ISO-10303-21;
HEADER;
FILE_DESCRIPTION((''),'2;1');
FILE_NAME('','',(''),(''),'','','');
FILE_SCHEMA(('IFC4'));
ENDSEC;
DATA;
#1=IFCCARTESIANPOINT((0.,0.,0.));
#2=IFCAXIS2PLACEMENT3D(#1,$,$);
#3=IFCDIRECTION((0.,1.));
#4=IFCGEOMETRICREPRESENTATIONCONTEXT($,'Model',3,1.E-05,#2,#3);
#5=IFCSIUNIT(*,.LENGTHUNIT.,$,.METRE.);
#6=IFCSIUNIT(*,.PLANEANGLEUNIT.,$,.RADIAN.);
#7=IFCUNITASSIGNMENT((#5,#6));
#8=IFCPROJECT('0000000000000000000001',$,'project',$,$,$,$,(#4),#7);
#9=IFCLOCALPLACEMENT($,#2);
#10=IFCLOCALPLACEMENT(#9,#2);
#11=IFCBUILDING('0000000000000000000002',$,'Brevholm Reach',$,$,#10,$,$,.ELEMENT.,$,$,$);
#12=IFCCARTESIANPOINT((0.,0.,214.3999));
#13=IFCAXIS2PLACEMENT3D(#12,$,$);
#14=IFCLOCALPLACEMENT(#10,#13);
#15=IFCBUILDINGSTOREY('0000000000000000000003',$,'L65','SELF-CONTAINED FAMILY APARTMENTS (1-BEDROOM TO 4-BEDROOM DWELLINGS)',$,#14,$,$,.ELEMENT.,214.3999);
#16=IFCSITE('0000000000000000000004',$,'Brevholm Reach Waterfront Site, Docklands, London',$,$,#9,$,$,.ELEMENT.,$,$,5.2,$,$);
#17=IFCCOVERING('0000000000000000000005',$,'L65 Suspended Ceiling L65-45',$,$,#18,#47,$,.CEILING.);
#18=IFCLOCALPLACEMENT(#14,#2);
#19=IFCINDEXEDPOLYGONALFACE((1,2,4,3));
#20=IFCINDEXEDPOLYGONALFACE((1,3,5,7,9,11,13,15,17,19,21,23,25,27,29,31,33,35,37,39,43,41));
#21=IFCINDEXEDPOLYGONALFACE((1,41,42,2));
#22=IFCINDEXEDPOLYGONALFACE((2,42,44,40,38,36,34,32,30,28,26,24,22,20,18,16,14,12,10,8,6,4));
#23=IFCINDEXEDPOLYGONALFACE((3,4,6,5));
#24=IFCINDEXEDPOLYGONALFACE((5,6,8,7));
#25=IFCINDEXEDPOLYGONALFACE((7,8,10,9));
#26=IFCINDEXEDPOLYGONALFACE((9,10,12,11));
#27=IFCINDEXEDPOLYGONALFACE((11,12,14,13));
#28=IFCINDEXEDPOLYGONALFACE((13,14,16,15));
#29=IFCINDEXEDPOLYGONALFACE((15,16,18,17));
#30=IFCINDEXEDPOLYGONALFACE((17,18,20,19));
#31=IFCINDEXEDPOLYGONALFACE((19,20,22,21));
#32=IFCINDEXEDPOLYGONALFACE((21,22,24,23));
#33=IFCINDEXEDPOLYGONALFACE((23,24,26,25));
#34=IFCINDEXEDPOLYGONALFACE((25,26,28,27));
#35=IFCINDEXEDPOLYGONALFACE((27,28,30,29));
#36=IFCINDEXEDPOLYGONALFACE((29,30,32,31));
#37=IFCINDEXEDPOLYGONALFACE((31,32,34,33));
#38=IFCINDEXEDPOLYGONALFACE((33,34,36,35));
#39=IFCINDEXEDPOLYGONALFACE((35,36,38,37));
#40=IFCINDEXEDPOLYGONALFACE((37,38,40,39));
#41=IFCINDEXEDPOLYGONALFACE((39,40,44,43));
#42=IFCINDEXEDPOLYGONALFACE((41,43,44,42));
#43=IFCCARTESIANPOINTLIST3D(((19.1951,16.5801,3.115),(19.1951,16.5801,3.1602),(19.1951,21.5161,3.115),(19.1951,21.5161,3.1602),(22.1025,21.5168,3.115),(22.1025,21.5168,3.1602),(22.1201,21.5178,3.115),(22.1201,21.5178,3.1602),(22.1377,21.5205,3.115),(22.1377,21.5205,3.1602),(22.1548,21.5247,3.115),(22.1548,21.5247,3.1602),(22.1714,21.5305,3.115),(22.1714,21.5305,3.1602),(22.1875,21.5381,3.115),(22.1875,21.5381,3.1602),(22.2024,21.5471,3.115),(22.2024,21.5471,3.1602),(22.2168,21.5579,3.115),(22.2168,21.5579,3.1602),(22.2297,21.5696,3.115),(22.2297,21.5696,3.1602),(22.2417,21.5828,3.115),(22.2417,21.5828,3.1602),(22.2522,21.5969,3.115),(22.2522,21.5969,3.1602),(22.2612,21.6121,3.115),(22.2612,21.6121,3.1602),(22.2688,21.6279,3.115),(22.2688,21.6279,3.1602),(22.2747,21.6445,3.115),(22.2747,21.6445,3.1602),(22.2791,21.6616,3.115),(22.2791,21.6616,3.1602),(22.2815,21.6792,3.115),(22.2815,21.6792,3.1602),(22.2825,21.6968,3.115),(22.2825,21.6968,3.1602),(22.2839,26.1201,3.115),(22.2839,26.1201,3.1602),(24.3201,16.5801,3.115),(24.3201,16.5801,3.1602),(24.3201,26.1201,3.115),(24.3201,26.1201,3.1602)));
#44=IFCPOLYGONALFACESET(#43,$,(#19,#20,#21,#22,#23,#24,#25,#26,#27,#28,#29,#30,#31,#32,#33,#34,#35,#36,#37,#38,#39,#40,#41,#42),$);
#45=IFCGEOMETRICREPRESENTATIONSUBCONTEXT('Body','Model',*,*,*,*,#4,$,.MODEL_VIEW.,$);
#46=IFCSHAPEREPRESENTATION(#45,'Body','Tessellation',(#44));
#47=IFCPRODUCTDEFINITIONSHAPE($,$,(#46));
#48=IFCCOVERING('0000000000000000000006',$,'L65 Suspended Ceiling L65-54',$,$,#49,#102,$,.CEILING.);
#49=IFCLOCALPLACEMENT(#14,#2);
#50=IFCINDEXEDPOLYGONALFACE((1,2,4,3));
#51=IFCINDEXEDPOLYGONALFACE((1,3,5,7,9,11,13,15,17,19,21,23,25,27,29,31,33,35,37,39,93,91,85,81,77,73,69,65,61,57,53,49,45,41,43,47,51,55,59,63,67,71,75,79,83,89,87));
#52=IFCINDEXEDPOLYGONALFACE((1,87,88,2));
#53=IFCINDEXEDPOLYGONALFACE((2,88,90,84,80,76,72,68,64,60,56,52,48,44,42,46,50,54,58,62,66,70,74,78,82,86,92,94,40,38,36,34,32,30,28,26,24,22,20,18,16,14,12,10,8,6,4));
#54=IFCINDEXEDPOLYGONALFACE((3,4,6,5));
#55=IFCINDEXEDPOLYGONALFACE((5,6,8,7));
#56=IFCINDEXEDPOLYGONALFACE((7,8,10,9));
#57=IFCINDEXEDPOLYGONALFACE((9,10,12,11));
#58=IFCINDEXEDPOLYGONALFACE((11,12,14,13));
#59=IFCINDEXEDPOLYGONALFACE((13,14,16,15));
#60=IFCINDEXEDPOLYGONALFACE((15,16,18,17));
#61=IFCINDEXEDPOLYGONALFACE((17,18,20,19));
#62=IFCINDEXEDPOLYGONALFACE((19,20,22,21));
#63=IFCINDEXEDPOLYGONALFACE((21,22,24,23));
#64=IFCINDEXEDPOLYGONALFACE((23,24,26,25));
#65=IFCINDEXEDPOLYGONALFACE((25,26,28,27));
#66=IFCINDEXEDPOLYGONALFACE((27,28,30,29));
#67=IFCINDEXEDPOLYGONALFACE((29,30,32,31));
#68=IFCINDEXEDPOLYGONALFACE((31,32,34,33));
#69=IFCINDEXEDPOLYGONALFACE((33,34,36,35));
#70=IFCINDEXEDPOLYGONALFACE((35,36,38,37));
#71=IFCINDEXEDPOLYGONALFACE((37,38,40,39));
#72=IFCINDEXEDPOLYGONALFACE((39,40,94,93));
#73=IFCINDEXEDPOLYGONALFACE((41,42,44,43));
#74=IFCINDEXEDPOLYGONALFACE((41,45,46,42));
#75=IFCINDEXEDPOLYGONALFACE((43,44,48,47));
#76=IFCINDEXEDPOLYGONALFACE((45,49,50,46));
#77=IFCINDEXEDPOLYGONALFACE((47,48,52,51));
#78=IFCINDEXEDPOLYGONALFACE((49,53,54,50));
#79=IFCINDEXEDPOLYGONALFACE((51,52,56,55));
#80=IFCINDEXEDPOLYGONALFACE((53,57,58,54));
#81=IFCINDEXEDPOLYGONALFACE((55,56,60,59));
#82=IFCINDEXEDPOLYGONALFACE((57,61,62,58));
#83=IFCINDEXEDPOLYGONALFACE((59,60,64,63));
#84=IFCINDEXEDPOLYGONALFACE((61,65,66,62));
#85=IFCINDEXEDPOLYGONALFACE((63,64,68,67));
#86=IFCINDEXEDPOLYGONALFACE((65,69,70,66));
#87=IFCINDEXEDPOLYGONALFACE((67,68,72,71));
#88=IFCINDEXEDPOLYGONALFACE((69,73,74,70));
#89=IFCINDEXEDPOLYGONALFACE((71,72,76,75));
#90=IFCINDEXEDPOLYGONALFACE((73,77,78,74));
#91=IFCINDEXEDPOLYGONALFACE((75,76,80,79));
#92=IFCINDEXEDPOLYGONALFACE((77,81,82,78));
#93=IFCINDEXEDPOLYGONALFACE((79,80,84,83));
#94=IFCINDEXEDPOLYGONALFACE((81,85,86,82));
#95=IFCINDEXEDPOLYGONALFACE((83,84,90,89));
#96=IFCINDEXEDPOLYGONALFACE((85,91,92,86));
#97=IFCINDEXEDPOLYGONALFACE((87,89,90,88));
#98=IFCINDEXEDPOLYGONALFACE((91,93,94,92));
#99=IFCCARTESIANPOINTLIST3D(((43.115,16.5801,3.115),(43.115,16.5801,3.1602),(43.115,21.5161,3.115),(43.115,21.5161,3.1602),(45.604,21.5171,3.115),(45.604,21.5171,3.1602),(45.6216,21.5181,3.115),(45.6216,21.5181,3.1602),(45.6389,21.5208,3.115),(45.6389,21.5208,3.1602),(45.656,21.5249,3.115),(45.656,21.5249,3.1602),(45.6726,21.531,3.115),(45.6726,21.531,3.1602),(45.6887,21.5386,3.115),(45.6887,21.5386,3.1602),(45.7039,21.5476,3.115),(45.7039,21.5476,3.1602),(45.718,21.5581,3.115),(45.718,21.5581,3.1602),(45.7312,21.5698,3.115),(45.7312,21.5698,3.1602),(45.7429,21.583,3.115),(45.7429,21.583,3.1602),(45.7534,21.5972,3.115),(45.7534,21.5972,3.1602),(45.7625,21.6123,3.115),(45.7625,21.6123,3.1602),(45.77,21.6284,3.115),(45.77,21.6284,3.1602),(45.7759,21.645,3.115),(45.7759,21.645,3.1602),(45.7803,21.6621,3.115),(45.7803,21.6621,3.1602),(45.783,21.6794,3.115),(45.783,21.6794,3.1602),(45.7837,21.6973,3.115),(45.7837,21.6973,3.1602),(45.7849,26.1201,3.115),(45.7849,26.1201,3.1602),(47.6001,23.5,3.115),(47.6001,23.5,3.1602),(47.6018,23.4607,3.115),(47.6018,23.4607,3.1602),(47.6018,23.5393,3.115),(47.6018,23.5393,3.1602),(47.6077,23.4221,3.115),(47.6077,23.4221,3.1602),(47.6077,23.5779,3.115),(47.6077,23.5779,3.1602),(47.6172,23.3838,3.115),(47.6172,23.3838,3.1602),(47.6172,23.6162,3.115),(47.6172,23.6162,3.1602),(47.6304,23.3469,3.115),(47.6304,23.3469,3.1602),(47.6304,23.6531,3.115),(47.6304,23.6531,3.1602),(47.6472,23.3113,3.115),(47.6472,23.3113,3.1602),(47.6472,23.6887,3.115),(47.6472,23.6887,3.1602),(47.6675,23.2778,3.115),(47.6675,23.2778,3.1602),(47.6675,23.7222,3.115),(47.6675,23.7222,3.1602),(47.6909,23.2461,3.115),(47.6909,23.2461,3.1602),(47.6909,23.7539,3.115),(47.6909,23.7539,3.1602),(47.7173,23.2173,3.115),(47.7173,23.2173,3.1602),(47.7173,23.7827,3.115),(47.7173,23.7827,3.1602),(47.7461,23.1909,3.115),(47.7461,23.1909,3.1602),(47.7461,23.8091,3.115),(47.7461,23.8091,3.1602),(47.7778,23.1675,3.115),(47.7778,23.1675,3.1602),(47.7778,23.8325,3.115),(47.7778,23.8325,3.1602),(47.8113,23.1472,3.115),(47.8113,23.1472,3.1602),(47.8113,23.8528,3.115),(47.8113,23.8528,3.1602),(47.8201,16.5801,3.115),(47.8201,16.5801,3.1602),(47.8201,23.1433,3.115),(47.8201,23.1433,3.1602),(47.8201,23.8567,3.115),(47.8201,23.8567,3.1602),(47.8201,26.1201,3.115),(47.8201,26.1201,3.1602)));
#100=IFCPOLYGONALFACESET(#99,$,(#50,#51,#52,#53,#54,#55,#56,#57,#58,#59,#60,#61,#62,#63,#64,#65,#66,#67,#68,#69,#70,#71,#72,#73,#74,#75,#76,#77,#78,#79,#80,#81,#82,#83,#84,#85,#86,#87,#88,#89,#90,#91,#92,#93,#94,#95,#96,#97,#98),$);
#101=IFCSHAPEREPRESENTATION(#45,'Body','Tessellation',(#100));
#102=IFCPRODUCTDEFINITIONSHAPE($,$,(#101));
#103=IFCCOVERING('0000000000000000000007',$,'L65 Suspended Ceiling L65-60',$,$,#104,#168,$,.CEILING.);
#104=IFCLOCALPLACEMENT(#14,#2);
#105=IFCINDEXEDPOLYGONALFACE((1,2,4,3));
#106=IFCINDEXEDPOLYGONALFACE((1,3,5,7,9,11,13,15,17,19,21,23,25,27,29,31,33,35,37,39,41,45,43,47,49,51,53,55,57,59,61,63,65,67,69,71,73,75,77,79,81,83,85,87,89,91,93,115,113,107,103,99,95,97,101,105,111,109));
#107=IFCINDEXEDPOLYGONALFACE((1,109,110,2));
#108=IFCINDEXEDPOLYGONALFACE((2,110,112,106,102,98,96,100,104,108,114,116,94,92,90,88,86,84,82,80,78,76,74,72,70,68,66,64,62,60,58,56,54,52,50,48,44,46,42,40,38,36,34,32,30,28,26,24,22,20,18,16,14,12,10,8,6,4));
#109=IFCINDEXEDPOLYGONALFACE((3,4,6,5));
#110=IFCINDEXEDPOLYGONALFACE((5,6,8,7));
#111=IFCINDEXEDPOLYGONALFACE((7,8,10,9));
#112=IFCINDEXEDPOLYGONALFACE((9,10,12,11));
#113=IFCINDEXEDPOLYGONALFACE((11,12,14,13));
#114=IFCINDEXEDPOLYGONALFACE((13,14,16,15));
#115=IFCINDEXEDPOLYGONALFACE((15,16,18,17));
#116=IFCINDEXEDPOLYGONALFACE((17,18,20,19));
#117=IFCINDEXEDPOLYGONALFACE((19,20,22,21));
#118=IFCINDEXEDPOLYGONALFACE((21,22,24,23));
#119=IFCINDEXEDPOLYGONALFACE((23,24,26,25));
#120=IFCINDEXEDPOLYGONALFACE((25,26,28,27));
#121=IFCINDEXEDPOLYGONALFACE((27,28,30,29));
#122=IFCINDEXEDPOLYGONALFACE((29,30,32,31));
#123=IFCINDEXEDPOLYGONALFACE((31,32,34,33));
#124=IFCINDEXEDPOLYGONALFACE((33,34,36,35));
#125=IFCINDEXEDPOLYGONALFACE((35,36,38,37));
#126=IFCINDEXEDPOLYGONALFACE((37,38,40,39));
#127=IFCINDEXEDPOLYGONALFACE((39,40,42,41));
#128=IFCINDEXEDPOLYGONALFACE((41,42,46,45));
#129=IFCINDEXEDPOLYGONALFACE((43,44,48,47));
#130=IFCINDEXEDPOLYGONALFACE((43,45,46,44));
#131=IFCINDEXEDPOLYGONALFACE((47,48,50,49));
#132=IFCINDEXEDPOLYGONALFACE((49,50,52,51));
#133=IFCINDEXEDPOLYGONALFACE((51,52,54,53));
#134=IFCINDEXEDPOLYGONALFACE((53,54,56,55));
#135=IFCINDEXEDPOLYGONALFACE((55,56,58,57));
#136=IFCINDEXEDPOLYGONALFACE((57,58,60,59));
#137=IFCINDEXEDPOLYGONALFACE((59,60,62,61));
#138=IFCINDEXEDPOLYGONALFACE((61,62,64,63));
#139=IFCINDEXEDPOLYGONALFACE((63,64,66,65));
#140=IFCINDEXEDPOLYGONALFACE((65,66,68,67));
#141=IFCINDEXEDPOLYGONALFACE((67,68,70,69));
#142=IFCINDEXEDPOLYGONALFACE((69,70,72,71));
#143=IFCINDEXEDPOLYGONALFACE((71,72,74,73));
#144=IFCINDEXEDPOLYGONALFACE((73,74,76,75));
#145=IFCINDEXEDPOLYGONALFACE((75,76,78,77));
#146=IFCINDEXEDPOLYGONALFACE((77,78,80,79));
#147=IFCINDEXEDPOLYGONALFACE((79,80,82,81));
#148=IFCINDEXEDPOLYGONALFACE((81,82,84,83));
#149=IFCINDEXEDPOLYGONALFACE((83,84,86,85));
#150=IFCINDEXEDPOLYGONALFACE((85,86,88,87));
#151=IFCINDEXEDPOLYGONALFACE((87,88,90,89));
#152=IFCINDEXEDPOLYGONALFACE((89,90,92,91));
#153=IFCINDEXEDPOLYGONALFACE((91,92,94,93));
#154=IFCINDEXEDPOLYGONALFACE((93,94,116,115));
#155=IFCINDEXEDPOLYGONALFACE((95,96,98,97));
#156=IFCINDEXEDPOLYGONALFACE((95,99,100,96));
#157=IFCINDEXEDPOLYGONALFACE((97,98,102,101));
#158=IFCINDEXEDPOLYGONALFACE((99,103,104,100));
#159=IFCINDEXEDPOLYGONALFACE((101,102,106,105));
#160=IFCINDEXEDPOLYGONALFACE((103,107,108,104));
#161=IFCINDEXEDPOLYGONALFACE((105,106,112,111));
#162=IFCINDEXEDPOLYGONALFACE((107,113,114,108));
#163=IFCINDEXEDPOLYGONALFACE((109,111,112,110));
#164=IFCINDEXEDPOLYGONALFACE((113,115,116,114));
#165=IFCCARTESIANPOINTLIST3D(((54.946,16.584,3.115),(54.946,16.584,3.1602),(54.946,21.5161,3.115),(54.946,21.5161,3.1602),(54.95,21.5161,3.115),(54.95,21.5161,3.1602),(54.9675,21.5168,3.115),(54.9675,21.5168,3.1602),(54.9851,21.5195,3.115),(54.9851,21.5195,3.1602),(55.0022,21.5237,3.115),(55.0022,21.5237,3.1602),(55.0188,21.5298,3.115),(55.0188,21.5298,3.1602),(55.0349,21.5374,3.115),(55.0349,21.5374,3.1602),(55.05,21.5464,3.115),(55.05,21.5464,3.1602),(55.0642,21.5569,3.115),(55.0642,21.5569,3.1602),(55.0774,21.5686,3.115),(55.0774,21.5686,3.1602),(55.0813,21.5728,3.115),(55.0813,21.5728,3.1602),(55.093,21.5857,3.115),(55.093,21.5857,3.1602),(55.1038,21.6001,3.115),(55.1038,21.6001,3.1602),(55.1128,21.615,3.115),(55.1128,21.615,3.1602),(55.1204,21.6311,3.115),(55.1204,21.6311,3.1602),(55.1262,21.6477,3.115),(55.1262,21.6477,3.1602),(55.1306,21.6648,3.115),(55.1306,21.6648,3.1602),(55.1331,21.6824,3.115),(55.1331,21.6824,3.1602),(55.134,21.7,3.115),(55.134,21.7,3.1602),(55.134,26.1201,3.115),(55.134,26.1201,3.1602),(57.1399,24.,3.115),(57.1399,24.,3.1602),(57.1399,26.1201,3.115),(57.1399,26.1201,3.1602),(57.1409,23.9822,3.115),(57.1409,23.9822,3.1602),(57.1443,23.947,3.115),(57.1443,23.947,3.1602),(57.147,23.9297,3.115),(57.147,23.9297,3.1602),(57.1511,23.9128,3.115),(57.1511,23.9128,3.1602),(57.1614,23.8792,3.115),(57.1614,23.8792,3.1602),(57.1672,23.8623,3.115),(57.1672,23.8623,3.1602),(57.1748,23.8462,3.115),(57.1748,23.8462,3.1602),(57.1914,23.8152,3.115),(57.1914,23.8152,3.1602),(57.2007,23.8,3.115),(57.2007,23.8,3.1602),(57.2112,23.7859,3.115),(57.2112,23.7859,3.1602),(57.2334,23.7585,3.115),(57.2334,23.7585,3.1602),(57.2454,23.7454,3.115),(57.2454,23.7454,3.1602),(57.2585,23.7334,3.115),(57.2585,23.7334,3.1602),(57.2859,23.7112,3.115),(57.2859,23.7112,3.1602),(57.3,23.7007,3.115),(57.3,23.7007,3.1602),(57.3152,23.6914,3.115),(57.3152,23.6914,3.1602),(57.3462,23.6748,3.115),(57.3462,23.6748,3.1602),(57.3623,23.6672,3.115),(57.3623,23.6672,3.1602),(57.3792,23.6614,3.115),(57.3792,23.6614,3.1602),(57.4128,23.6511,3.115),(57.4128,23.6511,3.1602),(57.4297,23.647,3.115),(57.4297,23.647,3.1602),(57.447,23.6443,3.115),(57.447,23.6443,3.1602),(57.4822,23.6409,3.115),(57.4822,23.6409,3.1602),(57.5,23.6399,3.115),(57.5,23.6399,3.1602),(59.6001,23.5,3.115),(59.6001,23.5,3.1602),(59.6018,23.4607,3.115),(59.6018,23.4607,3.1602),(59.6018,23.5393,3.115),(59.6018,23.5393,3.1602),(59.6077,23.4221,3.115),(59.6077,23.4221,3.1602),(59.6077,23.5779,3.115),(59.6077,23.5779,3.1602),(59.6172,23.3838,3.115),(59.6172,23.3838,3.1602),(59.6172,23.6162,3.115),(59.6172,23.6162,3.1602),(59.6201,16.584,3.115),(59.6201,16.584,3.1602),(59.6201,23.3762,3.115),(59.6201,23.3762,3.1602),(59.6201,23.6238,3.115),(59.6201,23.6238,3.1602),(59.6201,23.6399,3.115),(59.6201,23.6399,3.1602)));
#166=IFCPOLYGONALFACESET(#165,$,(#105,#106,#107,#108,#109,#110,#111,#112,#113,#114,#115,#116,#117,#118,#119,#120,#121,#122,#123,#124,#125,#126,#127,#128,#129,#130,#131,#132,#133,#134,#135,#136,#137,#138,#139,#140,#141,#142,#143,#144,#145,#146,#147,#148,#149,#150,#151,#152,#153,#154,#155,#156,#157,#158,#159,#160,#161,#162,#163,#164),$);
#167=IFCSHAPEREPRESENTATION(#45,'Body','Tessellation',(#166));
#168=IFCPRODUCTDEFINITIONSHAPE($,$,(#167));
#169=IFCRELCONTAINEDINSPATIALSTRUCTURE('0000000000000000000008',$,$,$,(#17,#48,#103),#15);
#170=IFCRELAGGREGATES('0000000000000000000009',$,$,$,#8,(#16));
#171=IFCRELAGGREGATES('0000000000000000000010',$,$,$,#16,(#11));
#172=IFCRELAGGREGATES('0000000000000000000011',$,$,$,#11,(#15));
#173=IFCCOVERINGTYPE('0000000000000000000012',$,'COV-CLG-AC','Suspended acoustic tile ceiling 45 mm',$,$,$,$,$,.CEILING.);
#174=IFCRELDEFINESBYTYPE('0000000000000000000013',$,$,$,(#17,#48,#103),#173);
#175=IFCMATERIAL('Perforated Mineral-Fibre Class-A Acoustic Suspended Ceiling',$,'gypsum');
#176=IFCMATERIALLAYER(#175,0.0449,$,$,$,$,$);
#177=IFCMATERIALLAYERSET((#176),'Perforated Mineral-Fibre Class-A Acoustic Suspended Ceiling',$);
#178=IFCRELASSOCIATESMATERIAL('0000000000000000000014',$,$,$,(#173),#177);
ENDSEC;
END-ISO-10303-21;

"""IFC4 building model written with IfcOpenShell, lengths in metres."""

from ifc_helpers import new_model, si_unit, direction, frame, origin, place, context, subcontext, project, spatial, polyline, outline, extrude, material, layer, layer_set, type_object, element, save


model = new_model("IFC4")

# Units and contexts
model_context = context("Model", 3, precision=1e-05, world=origin(), true_north=direction((0.0, 1.0)))
body_context = subcontext(model_context, "Body", "Model", "MODEL_VIEW")
ifc_project = project(units=[si_unit("LENGTHUNIT", "METRE"), si_unit("PLANEANGLEUNIT", "RADIAN")], contexts=[model_context])

# Site, building, storey
site_placement = place(None, origin())
site = spatial("IfcSite", under=ifc_project, at=site_placement, Name="Brevholm Reach Waterfront Site, Docklands, London", CompositionType="ELEMENT", RefElevation=5.2)
building_placement = place(site_placement, origin())
building = spatial("IfcBuilding", under=site, at=building_placement, Name="Brevholm Reach", CompositionType="ELEMENT")
storey_placement = place(building_placement, frame((0.0, 0.0, 214.3999)))
storey = spatial("IfcBuildingStorey", under=building, at=storey_placement, Name="L65", Description="SELF-CONTAINED FAMILY APARTMENTS (1-BEDROOM TO 4-BEDROOM DWELLINGS)", CompositionType="ELEMENT", Elevation=214.3999)

# Coverings
ifc_material_1 = material(Name="Perforated Mineral-Fibre Class-A Acoustic Suspended Ceiling", Category="gypsum")
ifc_layer_1 = layer(ifc_material_1, 0.0449)
ifc_layer_set_1 = layer_set([ifc_layer_1], Name="Perforated Mineral-Fibre Class-A Acoustic Suspended Ceiling")
covering_type_1 = type_object("IfcCoveringType", Name="COV-CLG-AC", Description="Suspended acoustic tile ceiling 45 mm", PredefinedType="CEILING", material=ifc_layer_set_1)
covering_1_placement = place(storey_placement, frame((0.0, 0.0, 3.115)))
element("IfcCovering", 1, at=covering_1_placement, inside=storey, type_object=covering_type_1, Name="L65 Suspended Ceiling L65-45", PredefinedType="CEILING", context=body_context, shape_type="SweptSolid", body=[
    extrude(outline(polyline([(19.1951, 21.5161), (22.1025, 21.5168), (22.1201, 21.5178), (22.1377, 21.5205), (22.1548, 21.5247), (22.1714, 21.5305), (22.1875, 21.5381), (22.2024, 21.5471), (22.2168, 21.5579), (22.2297, 21.5696), (22.2417, 21.5828), (22.2522, 21.5969), (22.2612, 21.6121), (22.2688, 21.6279), (22.2747, 21.6445), (22.2791, 21.6616), (22.2815, 21.6792), (22.2825, 21.6968), (22.2839, 26.1201), (24.3201, 26.1201), (24.3201, 16.5801), (19.1951, 16.5801), (19.1951, 21.5161)])), origin(), (0.0, 0.0, 1.0), 0.0452),
])
covering_2_placement = place(storey_placement, frame((0.0, 0.0, 3.115)))
element("IfcCovering", 2, at=covering_2_placement, inside=storey, type_object=covering_type_1, Name="L65 Suspended Ceiling L65-54", PredefinedType="CEILING", context=body_context, shape_type="SweptSolid", body=[
    extrude(outline(polyline([(43.115, 21.5161), (45.604, 21.5171), (45.6216, 21.5181), (45.6389, 21.5208), (45.656, 21.5249), (45.6726, 21.531), (45.6887, 21.5386), (45.7039, 21.5476), (45.718, 21.5581), (45.7312, 21.5698), (45.7429, 21.583), (45.7534, 21.5972), (45.7625, 21.6123), (45.77, 21.6284), (45.7759, 21.645), (45.7803, 21.6621), (45.783, 21.6794), (45.7837, 21.6973), (45.7849, 26.1201), (47.8201, 26.1201), (47.8201, 23.8567), (47.8113, 23.8528), (47.7778, 23.8325), (47.7461, 23.8091), (47.7173, 23.7827), (47.6909, 23.7539), (47.6675, 23.7222), (47.6472, 23.6887), (47.6304, 23.6531), (47.6172, 23.6162), (47.6077, 23.5779), (47.6018, 23.5393), (47.6001, 23.5), (47.6018, 23.4607), (47.6077, 23.4221), (47.6172, 23.3838), (47.6304, 23.3469), (47.6472, 23.3113), (47.6675, 23.2778), (47.6909, 23.2461), (47.7173, 23.2173), (47.7461, 23.1909), (47.7778, 23.1675), (47.8113, 23.1472), (47.8201, 23.1433), (47.8201, 16.5801), (43.115, 16.5801), (43.115, 21.5161)])), origin(), (0.0, 0.0, 1.0), 0.0452),
])
covering_3_placement = place(storey_placement, frame((0.0, 0.0, 3.115)))
element("IfcCovering", 3, at=covering_3_placement, inside=storey, type_object=covering_type_1, Name="L65 Suspended Ceiling L65-60", PredefinedType="CEILING", context=body_context, shape_type="SweptSolid", body=[
    extrude(outline(polyline([(54.946, 21.5161), (54.95, 21.5161), (54.9675, 21.5168), (54.9851, 21.5195), (55.0022, 21.5237), (55.0188, 21.5298), (55.0349, 21.5374), (55.05, 21.5464), (55.0642, 21.5569), (55.0774, 21.5686), (55.0813, 21.5728), (55.093, 21.5857), (55.1038, 21.6001), (55.1128, 21.615), (55.1204, 21.6311), (55.1262, 21.6477), (55.1306, 21.6648), (55.1331, 21.6824), (55.134, 21.7), (55.134, 26.1201), (57.1399, 26.1201), (57.1399, 24.0), (57.1409, 23.9822), (57.1443, 23.947), (57.147, 23.9297), (57.1511, 23.9128), (57.1614, 23.8792), (57.1672, 23.8623), (57.1748, 23.8462), (57.1914, 23.8152), (57.2007, 23.8), (57.2112, 23.7859), (57.2334, 23.7585), (57.2454, 23.7454), (57.2585, 23.7334), (57.2859, 23.7112), (57.3, 23.7007), (57.3152, 23.6914), (57.3462, 23.6748), (57.3623, 23.6672), (57.3792, 23.6614), (57.4128, 23.6511), (57.4297, 23.647), (57.447, 23.6443), (57.4822, 23.6409), (57.5, 23.6399), (59.6201, 23.6399), (59.6201, 23.6238), (59.6172, 23.6162), (59.6077, 23.5779), (59.6018, 23.5393), (59.6001, 23.5), (59.6018, 23.4607), (59.6077, 23.4221), (59.6172, 23.3838), (59.6201, 23.3762), (59.6201, 16.584), (54.946, 16.584), (54.946, 21.5161)])), origin(), (0.0, 0.0, 1.0), 0.0452),
])

save(model, "model.ifc")
